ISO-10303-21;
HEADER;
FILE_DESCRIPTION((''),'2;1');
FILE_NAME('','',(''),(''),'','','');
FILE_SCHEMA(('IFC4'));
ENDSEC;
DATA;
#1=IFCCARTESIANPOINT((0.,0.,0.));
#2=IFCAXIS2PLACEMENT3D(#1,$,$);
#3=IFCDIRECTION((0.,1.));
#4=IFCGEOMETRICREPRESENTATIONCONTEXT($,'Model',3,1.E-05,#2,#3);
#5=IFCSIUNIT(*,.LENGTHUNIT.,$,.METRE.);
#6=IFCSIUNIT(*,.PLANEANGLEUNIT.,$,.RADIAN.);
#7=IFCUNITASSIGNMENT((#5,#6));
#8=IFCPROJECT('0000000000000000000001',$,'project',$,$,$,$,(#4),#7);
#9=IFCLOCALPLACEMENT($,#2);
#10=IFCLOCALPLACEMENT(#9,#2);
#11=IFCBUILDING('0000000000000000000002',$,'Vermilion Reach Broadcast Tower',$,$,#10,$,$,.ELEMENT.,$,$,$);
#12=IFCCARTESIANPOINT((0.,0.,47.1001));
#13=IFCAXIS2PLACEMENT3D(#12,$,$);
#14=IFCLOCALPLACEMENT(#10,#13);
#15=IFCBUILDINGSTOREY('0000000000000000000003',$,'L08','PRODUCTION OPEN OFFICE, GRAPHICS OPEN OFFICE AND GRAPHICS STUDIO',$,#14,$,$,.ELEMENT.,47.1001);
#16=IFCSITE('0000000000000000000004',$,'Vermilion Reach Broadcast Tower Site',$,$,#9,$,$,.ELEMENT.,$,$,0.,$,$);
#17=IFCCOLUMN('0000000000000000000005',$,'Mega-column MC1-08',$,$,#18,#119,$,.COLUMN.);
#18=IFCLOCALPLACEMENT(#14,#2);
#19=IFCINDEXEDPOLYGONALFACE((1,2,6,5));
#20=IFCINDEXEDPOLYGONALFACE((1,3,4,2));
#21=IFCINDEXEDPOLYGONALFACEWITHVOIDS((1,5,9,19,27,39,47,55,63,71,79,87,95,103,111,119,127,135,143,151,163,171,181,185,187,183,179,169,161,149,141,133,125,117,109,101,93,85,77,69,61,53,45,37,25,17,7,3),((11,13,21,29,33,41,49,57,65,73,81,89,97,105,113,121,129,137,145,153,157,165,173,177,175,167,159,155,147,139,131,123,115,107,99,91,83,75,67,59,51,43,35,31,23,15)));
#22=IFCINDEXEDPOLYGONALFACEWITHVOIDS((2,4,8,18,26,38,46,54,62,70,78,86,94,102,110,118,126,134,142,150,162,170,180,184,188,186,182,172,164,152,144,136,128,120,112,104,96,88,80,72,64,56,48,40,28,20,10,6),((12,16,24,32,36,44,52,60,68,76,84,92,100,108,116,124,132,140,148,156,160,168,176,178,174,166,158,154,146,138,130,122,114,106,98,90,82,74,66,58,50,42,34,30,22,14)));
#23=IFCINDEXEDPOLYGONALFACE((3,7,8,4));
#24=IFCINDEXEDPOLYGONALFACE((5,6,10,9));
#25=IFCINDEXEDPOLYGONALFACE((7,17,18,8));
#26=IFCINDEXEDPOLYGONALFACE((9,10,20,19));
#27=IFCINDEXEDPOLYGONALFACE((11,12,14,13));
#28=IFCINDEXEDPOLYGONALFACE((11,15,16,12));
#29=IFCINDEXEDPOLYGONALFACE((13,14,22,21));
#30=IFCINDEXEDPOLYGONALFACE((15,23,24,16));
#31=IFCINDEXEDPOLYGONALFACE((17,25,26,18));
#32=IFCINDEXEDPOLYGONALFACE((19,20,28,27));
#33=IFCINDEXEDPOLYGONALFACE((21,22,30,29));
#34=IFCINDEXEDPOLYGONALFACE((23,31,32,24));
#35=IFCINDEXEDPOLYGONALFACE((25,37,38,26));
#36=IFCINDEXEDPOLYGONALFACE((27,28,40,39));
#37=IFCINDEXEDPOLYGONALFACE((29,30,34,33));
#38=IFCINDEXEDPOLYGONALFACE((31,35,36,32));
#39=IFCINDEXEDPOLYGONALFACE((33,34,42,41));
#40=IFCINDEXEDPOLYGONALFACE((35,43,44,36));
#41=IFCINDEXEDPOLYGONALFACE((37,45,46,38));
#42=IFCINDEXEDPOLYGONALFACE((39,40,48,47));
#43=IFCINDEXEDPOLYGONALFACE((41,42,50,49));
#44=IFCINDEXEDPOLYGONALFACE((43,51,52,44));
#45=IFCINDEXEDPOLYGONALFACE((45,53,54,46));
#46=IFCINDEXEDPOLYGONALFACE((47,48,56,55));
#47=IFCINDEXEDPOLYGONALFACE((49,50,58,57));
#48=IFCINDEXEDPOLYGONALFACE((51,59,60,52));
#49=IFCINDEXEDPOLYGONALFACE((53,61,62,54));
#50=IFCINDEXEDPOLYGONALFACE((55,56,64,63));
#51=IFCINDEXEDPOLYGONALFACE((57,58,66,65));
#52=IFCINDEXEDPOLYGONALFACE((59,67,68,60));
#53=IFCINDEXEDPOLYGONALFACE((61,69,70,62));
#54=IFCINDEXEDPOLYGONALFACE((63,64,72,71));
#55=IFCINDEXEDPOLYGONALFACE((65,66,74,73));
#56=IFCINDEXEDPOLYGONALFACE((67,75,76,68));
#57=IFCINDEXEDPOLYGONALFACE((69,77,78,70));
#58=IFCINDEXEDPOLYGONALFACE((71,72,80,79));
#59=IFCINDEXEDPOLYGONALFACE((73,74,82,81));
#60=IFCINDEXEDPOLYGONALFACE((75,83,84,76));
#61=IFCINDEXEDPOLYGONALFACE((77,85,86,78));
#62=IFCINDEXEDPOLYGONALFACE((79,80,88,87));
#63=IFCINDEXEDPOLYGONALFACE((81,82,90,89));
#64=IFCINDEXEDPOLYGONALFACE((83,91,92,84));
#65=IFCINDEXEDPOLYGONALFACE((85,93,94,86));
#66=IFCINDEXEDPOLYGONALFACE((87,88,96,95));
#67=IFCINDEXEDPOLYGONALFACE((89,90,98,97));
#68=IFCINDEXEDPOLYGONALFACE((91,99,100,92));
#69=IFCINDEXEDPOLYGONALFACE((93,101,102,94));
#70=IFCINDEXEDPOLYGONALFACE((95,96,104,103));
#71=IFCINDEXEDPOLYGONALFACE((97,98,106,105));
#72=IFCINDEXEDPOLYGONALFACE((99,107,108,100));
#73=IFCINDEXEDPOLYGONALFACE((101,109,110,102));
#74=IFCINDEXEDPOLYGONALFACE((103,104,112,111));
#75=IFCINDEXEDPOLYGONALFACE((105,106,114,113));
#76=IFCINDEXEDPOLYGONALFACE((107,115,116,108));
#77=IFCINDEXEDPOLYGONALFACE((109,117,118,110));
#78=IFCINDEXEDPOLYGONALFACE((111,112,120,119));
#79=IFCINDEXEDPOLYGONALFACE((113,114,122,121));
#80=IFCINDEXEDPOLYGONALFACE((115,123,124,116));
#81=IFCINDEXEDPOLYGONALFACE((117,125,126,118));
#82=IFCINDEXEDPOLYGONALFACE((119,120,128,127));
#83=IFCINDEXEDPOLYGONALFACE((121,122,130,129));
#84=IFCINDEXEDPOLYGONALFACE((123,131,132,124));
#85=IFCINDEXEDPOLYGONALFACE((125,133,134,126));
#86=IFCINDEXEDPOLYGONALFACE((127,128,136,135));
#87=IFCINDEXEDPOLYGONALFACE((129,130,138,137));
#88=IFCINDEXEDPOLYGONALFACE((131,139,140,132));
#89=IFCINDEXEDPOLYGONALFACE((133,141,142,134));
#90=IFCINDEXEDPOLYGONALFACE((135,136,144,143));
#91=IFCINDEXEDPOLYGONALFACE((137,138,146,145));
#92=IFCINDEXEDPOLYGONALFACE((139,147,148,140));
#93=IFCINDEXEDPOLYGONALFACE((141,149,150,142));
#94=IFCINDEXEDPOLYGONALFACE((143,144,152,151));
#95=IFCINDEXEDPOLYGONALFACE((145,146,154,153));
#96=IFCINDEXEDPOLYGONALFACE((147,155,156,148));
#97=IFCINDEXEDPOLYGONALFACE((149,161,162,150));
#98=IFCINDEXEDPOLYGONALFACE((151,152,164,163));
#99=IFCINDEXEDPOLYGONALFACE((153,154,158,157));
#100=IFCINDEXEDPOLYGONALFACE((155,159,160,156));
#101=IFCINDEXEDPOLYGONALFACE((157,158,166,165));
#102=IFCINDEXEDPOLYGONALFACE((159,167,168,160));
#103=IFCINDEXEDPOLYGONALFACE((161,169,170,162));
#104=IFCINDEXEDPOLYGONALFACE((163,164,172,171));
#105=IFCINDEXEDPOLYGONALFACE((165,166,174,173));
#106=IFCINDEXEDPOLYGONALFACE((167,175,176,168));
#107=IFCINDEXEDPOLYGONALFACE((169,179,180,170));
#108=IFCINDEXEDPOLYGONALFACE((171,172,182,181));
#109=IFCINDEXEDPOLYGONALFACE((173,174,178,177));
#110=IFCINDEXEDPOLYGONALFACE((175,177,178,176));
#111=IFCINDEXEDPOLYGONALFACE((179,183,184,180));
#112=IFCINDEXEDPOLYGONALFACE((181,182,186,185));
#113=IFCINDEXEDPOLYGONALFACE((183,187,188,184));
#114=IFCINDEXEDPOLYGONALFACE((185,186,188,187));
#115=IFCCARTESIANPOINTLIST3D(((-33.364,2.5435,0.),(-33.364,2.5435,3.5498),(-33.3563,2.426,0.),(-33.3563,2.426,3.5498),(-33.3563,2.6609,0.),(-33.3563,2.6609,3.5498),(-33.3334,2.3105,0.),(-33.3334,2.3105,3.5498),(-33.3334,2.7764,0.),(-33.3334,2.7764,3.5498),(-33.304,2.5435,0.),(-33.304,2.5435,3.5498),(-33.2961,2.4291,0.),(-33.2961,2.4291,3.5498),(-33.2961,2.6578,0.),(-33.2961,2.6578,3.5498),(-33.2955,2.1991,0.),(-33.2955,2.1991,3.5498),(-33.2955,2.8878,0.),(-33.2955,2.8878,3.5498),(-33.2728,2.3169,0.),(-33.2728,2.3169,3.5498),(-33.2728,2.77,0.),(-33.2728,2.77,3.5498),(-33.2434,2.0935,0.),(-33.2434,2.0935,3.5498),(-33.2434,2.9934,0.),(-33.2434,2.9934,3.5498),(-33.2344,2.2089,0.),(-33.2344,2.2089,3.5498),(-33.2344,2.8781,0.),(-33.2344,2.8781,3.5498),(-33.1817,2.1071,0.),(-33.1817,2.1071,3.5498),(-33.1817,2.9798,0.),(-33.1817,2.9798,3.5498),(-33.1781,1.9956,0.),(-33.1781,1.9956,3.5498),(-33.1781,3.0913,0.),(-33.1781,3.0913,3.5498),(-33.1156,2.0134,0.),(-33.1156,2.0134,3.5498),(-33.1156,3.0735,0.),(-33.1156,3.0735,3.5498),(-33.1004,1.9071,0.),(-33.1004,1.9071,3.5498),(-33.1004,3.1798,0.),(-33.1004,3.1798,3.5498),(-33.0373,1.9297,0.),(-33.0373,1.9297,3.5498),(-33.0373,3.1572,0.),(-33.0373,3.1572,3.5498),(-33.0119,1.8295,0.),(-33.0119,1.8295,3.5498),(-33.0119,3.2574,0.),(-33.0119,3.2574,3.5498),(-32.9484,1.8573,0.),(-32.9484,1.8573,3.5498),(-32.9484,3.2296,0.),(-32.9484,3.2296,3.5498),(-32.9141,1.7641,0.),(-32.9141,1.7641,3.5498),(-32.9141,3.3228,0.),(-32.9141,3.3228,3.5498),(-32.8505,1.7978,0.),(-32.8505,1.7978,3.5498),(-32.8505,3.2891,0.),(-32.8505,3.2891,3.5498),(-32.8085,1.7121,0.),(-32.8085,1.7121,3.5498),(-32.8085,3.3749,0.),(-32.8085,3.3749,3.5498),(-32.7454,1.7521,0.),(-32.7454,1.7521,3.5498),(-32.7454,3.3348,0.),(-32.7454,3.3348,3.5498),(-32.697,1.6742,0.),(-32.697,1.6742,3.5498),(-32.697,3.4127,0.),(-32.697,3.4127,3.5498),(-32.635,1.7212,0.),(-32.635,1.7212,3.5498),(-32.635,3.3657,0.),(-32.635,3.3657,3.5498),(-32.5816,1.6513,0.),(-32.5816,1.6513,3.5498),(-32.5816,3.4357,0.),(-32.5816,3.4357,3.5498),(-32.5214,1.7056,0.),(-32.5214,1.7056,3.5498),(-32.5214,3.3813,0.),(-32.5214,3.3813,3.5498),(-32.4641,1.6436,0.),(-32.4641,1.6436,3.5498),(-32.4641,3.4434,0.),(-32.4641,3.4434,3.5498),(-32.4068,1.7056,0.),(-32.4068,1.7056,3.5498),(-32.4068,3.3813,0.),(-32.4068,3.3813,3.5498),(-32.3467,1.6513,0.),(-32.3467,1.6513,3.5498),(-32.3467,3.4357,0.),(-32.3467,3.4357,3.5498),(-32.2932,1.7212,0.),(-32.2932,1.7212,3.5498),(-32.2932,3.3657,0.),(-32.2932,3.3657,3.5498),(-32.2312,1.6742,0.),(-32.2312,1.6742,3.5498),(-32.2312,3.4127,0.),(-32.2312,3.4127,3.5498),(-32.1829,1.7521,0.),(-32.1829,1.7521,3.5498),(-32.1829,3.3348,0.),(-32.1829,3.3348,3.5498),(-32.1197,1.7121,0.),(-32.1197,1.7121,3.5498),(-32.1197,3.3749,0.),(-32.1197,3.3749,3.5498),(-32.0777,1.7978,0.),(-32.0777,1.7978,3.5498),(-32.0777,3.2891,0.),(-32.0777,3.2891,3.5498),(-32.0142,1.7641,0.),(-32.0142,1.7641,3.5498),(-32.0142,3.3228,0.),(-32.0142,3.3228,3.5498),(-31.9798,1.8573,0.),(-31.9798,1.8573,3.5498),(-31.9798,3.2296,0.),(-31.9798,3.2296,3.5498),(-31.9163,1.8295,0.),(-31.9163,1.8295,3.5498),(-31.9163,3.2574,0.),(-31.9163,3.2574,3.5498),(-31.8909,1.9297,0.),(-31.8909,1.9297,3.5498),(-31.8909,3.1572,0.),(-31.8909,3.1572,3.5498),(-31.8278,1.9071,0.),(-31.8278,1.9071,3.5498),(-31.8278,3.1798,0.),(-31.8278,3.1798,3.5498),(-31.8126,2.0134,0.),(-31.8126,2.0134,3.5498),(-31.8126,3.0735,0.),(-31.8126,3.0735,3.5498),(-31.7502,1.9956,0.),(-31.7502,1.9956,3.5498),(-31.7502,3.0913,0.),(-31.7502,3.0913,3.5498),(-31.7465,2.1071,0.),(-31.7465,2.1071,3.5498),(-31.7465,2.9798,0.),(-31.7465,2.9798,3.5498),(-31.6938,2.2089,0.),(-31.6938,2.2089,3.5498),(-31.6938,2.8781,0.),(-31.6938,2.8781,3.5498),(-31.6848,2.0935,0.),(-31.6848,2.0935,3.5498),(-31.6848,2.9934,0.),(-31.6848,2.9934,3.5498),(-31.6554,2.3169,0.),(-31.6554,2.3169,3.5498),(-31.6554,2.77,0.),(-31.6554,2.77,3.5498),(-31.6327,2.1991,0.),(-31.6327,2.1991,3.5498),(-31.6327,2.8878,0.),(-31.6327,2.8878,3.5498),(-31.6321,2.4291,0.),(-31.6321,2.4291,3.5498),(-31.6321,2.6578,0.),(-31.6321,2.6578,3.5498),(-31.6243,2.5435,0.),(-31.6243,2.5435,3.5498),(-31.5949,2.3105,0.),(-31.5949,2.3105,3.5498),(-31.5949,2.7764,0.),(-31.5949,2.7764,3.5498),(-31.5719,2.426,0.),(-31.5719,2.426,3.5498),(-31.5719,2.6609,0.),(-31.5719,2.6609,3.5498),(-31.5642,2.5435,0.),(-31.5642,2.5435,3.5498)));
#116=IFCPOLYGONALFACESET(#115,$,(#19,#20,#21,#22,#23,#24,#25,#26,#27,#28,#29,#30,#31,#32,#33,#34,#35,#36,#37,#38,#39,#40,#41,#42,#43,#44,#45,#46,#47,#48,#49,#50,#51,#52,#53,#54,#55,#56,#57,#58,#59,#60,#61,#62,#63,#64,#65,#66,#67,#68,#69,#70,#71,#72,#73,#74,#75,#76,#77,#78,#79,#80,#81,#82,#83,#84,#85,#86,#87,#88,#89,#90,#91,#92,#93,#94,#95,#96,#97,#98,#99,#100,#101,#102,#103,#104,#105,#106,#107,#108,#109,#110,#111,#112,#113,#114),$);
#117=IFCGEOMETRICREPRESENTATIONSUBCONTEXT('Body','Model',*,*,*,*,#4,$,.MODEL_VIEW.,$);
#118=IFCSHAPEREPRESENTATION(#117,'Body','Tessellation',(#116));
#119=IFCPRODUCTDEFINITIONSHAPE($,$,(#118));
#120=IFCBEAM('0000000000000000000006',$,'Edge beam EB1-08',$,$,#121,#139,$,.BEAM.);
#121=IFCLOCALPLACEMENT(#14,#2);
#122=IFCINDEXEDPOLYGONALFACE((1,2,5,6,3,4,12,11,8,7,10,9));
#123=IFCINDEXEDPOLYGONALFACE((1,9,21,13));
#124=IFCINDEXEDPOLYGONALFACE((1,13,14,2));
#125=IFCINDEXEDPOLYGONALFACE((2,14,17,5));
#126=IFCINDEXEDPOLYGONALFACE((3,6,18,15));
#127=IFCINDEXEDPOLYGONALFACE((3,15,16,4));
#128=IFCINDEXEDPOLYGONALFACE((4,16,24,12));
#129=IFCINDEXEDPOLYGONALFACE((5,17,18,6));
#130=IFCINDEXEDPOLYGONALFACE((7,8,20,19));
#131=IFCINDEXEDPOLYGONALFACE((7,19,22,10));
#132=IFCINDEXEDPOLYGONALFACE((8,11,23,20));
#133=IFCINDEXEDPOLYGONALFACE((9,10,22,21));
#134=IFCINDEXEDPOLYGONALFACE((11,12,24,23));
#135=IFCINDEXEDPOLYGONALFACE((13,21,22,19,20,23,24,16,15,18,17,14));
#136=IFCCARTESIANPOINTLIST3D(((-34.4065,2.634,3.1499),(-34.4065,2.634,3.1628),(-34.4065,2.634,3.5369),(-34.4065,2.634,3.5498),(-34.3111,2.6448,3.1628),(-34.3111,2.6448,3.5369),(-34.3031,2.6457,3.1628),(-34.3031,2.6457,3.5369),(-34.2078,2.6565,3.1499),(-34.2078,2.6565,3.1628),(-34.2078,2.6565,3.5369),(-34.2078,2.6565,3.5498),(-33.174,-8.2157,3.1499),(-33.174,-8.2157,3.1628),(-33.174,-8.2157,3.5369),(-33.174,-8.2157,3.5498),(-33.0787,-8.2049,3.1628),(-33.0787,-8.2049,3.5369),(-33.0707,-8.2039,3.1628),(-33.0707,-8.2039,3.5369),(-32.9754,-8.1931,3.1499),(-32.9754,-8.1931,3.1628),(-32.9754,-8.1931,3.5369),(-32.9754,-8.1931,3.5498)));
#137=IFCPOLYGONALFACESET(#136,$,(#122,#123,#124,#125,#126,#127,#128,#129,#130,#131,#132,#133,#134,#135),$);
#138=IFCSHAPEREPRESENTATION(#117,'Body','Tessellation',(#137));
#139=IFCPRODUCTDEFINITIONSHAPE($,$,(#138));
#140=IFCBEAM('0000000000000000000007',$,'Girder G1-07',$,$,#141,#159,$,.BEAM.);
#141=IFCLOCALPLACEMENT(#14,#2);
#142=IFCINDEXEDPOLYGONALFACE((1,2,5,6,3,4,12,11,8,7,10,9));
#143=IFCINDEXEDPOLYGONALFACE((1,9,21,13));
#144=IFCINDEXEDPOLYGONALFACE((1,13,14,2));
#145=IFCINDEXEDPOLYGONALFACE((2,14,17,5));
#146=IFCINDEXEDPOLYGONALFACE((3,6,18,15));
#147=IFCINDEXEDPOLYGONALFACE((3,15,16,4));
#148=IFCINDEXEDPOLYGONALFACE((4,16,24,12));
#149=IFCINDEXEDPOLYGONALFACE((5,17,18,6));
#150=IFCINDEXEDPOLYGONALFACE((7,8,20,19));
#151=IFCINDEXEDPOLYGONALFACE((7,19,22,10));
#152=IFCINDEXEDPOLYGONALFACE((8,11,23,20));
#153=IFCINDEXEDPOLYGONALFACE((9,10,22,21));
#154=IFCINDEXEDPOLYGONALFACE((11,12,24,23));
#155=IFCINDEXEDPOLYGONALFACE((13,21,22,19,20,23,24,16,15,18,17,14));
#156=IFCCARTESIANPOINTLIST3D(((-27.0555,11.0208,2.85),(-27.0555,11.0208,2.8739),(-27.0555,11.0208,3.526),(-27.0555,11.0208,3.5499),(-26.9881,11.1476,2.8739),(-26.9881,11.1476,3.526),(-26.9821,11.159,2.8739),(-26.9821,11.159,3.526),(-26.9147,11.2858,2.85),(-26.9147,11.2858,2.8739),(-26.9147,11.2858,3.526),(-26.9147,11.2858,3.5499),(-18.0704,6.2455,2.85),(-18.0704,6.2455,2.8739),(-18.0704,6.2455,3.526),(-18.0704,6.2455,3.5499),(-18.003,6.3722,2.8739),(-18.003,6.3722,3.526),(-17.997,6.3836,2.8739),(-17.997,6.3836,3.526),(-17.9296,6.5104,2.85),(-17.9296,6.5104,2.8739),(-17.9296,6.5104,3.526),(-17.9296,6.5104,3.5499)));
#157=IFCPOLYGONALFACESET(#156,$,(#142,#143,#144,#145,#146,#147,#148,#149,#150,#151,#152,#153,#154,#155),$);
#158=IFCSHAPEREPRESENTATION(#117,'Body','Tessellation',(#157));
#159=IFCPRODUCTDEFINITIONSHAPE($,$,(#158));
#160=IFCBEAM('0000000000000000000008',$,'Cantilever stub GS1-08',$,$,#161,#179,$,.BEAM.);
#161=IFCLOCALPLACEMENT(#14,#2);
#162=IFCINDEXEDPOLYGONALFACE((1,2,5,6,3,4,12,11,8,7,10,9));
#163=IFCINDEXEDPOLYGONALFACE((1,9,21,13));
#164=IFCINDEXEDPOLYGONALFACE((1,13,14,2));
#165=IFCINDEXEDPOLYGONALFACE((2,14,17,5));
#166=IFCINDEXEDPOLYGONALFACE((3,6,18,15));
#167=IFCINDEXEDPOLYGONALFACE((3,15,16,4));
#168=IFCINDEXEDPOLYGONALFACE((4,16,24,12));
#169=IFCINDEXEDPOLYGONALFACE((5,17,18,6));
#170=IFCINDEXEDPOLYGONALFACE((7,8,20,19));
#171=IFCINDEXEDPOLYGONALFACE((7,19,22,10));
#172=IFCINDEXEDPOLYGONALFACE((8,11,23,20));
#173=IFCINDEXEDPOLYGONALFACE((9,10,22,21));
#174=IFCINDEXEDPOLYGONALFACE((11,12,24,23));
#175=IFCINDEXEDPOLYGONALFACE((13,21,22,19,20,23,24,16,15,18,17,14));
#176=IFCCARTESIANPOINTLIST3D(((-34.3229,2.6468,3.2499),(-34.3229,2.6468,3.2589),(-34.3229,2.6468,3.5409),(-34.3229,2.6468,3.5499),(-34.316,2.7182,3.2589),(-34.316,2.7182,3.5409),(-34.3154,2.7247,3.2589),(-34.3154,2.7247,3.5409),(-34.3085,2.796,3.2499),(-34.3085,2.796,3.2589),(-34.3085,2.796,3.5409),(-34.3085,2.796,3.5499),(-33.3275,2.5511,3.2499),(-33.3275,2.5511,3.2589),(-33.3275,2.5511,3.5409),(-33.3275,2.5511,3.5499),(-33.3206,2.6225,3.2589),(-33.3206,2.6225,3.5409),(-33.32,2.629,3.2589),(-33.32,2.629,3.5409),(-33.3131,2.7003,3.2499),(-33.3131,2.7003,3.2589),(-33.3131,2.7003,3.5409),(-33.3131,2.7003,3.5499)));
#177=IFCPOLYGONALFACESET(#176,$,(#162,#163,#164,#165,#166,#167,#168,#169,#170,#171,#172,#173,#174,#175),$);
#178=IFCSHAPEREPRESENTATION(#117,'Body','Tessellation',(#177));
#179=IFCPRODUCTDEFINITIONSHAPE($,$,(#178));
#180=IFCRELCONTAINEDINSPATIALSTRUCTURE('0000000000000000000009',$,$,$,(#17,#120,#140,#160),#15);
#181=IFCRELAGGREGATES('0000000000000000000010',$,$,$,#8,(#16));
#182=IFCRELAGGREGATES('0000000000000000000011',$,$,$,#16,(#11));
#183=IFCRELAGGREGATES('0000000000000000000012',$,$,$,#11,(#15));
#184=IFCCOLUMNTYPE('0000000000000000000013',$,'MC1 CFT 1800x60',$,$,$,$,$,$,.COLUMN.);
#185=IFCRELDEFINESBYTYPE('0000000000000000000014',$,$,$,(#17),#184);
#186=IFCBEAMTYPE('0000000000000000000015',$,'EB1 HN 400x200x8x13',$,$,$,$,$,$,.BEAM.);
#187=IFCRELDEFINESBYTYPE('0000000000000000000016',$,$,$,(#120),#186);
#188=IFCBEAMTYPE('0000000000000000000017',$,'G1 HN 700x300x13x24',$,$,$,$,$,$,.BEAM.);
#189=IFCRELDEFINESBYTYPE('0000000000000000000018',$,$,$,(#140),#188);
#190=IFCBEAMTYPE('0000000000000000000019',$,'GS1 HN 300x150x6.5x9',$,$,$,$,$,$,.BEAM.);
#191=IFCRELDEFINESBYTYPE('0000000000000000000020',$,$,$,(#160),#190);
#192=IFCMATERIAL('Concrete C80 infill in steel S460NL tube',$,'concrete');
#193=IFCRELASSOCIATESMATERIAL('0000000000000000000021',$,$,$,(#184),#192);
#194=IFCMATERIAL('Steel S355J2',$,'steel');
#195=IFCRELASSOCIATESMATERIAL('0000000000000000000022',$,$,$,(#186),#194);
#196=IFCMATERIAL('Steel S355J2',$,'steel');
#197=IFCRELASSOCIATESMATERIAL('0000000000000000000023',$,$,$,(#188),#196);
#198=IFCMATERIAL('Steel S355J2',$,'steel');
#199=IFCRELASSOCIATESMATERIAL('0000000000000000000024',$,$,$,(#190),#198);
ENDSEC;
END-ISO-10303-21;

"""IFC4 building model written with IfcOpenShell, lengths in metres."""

from ifc_helpers import new_model, si_unit, direction, frame, origin, origin_2d, place, context, subcontext, project, spatial, hollow_circle, i_section, extrude, material, material_profile, profile_set, type_object, element, save


model = new_model("IFC4")

# Units and contexts
model_context = context("Model", 3, precision=1e-05, world=origin(), true_north=direction((0.0, 1.0)))
body_context = subcontext(model_context, "Body", "Model", "MODEL_VIEW")
ifc_project = project(units=[si_unit("LENGTHUNIT", "METRE"), si_unit("PLANEANGLEUNIT", "RADIAN")], contexts=[model_context])

# Site, building, storey
site_placement = place(None, origin())
site = spatial("IfcSite", under=ifc_project, at=site_placement, Name="Vermilion Reach Broadcast Tower Site", CompositionType="ELEMENT", RefElevation=0.0)
building_placement = place(site_placement, origin())
building = spatial("IfcBuilding", under=site, at=building_placement, Name="Vermilion Reach Broadcast Tower", CompositionType="ELEMENT")
storey_placement = place(building_placement, frame((0.0, 0.0, 47.1001)))
storey = spatial("IfcBuildingStorey", under=building, at=storey_placement, Name="L08", Description="PRODUCTION OPEN OFFICE, GRAPHICS OPEN OFFICE AND GRAPHICS STUDIO", CompositionType="ELEMENT", Elevation=47.1001)

# Column
ifc_material_1 = material(Name="Concrete C80 infill in steel S460NL tube", Category="concrete")
ifc_material_profile_1 = material_profile(ifc_material_1, hollow_circle(Radius=0.8999, WallThickness=0.0601, at=origin_2d()), Name="Concrete C80 infill in steel S460NL tube CFT 1800x60")
ifc_profile_set_1 = profile_set([ifc_material_profile_1], Name="Concrete C80 infill in steel S460NL tube")
column_type = type_object("IfcColumnType", Name="MC1 CFT 1800x60", PredefinedType="COLUMN", material=ifc_profile_set_1)
column_placement = place(storey_placement, frame((-32.4641, 2.5435, 0.0), z_axis=(0.0, 0.0, 1.0), x_axis=(1.0, 0.0, 0.0)))
element("IfcColumn", 1, at=column_placement, inside=storey, type_object=column_type, Name="Mega-column MC1-08", PredefinedType="COLUMN", context=body_context, shape_type="SweptSolid", body=[
    extrude(hollow_circle(Radius=0.8999, WallThickness=0.0601, at=origin_2d()), origin(), (0.0, 0.0, 1.0), 3.5498),
])

# Beams
ifc_material_2 = material(Name="Steel S355J2", Category="steel")
ifc_material_profile_2 = material_profile(ifc_material_2, i_section(OverallWidth=0.2, OverallDepth=0.3999, WebThickness=0.0081, FlangeThickness=0.0129, at=origin_2d()), Name="S355J2 HN 400x200x8x13")
ifc_profile_set_2 = profile_set([ifc_material_profile_2], Name="Steel S355J2")
beam_type_1 = type_object("IfcBeamType", Name="EB1 HN 400x200x8x13", PredefinedType="BEAM", material=ifc_profile_set_2)
beam_1_placement = place(storey_placement, frame((-34.3071, 2.6453, 3.3499), z_axis=(0.112866, -0.99361, 0.0), x_axis=(0.99361, 0.112866, 0.0)))
element("IfcBeam", 2, at=beam_1_placement, inside=storey, type_object=beam_type_1, Name="Edge beam EB1-08", PredefinedType="BEAM", context=body_context, shape_type="SweptSolid", body=[
    extrude(i_section(OverallWidth=0.2, OverallDepth=0.3999, WebThickness=0.0081, FlangeThickness=0.0129, at=origin_2d()), origin(), (0.0, 0.0, 1.0), 10.9194),
])
ifc_material_3 = material(Name="Steel S355J2", Category="steel")
ifc_material_profile_3 = material_profile(ifc_material_3, i_section(OverallWidth=0.3, OverallDepth=0.7, WebThickness=0.0129, FlangeThickness=0.0239, at=origin_2d()), Name="S355J2 HN 700x300x13x24")
ifc_profile_set_3 = profile_set([ifc_material_profile_3], Name="Steel S355J2")
beam_type_2 = type_object("IfcBeamType", Name="G1 HN 700x300x13x24", PredefinedType="BEAM", material=ifc_profile_set_3)
beam_2_placement = place(storey_placement, frame((-18.0, 6.3779, 3.2), z_axis=(-0.883032, 0.469313, 0.0), x_axis=(-0.469313, -0.883032, 0.0)))
element("IfcBeam", 3, at=beam_2_placement, inside=storey, type_object=beam_type_2, Name="Girder G1-07", PredefinedType="BEAM", context=body_context, shape_type="SweptSolid", body=[
    extrude(i_section(OverallWidth=0.3, OverallDepth=0.7, WebThickness=0.0129, FlangeThickness=0.0239, at=origin_2d()), origin(), (0.0, 0.0, 1.0), 10.1753),
])
ifc_material_4 = material(Name="Steel S355J2", Category="steel")
ifc_material_profile_4 = material_profile(ifc_material_4, i_section(OverallWidth=0.1499, OverallDepth=0.3, WebThickness=0.0066, FlangeThickness=0.009, at=origin_2d()), Name="S355J2 HN 300x150x6.5x9")
ifc_profile_set_4 = profile_set([ifc_material_profile_4], Name="Steel S355J2")
beam_type_3 = type_object("IfcBeamType", Name="GS1 HN 300x150x6.5x9", PredefinedType="BEAM", material=ifc_profile_set_4)
beam_3_placement = place(storey_placement, frame((-33.3203, 2.6257, 3.3999), z_axis=(-0.995409, 0.095708, 0.0), x_axis=(-0.095708, -0.995409, 0.0)))
element("IfcBeam", 4, at=beam_3_placement, inside=storey, type_object=beam_type_3, Name="Cantilever stub GS1-08", PredefinedType="BEAM", context=body_context, shape_type="SweptSolid", body=[
    extrude(i_section(OverallWidth=0.1499, OverallDepth=0.3, WebThickness=0.0066, FlangeThickness=0.009, at=origin_2d()), origin(), (0.0, 0.0, 1.0), 1.0),
])

save(model, "model.ifc")
